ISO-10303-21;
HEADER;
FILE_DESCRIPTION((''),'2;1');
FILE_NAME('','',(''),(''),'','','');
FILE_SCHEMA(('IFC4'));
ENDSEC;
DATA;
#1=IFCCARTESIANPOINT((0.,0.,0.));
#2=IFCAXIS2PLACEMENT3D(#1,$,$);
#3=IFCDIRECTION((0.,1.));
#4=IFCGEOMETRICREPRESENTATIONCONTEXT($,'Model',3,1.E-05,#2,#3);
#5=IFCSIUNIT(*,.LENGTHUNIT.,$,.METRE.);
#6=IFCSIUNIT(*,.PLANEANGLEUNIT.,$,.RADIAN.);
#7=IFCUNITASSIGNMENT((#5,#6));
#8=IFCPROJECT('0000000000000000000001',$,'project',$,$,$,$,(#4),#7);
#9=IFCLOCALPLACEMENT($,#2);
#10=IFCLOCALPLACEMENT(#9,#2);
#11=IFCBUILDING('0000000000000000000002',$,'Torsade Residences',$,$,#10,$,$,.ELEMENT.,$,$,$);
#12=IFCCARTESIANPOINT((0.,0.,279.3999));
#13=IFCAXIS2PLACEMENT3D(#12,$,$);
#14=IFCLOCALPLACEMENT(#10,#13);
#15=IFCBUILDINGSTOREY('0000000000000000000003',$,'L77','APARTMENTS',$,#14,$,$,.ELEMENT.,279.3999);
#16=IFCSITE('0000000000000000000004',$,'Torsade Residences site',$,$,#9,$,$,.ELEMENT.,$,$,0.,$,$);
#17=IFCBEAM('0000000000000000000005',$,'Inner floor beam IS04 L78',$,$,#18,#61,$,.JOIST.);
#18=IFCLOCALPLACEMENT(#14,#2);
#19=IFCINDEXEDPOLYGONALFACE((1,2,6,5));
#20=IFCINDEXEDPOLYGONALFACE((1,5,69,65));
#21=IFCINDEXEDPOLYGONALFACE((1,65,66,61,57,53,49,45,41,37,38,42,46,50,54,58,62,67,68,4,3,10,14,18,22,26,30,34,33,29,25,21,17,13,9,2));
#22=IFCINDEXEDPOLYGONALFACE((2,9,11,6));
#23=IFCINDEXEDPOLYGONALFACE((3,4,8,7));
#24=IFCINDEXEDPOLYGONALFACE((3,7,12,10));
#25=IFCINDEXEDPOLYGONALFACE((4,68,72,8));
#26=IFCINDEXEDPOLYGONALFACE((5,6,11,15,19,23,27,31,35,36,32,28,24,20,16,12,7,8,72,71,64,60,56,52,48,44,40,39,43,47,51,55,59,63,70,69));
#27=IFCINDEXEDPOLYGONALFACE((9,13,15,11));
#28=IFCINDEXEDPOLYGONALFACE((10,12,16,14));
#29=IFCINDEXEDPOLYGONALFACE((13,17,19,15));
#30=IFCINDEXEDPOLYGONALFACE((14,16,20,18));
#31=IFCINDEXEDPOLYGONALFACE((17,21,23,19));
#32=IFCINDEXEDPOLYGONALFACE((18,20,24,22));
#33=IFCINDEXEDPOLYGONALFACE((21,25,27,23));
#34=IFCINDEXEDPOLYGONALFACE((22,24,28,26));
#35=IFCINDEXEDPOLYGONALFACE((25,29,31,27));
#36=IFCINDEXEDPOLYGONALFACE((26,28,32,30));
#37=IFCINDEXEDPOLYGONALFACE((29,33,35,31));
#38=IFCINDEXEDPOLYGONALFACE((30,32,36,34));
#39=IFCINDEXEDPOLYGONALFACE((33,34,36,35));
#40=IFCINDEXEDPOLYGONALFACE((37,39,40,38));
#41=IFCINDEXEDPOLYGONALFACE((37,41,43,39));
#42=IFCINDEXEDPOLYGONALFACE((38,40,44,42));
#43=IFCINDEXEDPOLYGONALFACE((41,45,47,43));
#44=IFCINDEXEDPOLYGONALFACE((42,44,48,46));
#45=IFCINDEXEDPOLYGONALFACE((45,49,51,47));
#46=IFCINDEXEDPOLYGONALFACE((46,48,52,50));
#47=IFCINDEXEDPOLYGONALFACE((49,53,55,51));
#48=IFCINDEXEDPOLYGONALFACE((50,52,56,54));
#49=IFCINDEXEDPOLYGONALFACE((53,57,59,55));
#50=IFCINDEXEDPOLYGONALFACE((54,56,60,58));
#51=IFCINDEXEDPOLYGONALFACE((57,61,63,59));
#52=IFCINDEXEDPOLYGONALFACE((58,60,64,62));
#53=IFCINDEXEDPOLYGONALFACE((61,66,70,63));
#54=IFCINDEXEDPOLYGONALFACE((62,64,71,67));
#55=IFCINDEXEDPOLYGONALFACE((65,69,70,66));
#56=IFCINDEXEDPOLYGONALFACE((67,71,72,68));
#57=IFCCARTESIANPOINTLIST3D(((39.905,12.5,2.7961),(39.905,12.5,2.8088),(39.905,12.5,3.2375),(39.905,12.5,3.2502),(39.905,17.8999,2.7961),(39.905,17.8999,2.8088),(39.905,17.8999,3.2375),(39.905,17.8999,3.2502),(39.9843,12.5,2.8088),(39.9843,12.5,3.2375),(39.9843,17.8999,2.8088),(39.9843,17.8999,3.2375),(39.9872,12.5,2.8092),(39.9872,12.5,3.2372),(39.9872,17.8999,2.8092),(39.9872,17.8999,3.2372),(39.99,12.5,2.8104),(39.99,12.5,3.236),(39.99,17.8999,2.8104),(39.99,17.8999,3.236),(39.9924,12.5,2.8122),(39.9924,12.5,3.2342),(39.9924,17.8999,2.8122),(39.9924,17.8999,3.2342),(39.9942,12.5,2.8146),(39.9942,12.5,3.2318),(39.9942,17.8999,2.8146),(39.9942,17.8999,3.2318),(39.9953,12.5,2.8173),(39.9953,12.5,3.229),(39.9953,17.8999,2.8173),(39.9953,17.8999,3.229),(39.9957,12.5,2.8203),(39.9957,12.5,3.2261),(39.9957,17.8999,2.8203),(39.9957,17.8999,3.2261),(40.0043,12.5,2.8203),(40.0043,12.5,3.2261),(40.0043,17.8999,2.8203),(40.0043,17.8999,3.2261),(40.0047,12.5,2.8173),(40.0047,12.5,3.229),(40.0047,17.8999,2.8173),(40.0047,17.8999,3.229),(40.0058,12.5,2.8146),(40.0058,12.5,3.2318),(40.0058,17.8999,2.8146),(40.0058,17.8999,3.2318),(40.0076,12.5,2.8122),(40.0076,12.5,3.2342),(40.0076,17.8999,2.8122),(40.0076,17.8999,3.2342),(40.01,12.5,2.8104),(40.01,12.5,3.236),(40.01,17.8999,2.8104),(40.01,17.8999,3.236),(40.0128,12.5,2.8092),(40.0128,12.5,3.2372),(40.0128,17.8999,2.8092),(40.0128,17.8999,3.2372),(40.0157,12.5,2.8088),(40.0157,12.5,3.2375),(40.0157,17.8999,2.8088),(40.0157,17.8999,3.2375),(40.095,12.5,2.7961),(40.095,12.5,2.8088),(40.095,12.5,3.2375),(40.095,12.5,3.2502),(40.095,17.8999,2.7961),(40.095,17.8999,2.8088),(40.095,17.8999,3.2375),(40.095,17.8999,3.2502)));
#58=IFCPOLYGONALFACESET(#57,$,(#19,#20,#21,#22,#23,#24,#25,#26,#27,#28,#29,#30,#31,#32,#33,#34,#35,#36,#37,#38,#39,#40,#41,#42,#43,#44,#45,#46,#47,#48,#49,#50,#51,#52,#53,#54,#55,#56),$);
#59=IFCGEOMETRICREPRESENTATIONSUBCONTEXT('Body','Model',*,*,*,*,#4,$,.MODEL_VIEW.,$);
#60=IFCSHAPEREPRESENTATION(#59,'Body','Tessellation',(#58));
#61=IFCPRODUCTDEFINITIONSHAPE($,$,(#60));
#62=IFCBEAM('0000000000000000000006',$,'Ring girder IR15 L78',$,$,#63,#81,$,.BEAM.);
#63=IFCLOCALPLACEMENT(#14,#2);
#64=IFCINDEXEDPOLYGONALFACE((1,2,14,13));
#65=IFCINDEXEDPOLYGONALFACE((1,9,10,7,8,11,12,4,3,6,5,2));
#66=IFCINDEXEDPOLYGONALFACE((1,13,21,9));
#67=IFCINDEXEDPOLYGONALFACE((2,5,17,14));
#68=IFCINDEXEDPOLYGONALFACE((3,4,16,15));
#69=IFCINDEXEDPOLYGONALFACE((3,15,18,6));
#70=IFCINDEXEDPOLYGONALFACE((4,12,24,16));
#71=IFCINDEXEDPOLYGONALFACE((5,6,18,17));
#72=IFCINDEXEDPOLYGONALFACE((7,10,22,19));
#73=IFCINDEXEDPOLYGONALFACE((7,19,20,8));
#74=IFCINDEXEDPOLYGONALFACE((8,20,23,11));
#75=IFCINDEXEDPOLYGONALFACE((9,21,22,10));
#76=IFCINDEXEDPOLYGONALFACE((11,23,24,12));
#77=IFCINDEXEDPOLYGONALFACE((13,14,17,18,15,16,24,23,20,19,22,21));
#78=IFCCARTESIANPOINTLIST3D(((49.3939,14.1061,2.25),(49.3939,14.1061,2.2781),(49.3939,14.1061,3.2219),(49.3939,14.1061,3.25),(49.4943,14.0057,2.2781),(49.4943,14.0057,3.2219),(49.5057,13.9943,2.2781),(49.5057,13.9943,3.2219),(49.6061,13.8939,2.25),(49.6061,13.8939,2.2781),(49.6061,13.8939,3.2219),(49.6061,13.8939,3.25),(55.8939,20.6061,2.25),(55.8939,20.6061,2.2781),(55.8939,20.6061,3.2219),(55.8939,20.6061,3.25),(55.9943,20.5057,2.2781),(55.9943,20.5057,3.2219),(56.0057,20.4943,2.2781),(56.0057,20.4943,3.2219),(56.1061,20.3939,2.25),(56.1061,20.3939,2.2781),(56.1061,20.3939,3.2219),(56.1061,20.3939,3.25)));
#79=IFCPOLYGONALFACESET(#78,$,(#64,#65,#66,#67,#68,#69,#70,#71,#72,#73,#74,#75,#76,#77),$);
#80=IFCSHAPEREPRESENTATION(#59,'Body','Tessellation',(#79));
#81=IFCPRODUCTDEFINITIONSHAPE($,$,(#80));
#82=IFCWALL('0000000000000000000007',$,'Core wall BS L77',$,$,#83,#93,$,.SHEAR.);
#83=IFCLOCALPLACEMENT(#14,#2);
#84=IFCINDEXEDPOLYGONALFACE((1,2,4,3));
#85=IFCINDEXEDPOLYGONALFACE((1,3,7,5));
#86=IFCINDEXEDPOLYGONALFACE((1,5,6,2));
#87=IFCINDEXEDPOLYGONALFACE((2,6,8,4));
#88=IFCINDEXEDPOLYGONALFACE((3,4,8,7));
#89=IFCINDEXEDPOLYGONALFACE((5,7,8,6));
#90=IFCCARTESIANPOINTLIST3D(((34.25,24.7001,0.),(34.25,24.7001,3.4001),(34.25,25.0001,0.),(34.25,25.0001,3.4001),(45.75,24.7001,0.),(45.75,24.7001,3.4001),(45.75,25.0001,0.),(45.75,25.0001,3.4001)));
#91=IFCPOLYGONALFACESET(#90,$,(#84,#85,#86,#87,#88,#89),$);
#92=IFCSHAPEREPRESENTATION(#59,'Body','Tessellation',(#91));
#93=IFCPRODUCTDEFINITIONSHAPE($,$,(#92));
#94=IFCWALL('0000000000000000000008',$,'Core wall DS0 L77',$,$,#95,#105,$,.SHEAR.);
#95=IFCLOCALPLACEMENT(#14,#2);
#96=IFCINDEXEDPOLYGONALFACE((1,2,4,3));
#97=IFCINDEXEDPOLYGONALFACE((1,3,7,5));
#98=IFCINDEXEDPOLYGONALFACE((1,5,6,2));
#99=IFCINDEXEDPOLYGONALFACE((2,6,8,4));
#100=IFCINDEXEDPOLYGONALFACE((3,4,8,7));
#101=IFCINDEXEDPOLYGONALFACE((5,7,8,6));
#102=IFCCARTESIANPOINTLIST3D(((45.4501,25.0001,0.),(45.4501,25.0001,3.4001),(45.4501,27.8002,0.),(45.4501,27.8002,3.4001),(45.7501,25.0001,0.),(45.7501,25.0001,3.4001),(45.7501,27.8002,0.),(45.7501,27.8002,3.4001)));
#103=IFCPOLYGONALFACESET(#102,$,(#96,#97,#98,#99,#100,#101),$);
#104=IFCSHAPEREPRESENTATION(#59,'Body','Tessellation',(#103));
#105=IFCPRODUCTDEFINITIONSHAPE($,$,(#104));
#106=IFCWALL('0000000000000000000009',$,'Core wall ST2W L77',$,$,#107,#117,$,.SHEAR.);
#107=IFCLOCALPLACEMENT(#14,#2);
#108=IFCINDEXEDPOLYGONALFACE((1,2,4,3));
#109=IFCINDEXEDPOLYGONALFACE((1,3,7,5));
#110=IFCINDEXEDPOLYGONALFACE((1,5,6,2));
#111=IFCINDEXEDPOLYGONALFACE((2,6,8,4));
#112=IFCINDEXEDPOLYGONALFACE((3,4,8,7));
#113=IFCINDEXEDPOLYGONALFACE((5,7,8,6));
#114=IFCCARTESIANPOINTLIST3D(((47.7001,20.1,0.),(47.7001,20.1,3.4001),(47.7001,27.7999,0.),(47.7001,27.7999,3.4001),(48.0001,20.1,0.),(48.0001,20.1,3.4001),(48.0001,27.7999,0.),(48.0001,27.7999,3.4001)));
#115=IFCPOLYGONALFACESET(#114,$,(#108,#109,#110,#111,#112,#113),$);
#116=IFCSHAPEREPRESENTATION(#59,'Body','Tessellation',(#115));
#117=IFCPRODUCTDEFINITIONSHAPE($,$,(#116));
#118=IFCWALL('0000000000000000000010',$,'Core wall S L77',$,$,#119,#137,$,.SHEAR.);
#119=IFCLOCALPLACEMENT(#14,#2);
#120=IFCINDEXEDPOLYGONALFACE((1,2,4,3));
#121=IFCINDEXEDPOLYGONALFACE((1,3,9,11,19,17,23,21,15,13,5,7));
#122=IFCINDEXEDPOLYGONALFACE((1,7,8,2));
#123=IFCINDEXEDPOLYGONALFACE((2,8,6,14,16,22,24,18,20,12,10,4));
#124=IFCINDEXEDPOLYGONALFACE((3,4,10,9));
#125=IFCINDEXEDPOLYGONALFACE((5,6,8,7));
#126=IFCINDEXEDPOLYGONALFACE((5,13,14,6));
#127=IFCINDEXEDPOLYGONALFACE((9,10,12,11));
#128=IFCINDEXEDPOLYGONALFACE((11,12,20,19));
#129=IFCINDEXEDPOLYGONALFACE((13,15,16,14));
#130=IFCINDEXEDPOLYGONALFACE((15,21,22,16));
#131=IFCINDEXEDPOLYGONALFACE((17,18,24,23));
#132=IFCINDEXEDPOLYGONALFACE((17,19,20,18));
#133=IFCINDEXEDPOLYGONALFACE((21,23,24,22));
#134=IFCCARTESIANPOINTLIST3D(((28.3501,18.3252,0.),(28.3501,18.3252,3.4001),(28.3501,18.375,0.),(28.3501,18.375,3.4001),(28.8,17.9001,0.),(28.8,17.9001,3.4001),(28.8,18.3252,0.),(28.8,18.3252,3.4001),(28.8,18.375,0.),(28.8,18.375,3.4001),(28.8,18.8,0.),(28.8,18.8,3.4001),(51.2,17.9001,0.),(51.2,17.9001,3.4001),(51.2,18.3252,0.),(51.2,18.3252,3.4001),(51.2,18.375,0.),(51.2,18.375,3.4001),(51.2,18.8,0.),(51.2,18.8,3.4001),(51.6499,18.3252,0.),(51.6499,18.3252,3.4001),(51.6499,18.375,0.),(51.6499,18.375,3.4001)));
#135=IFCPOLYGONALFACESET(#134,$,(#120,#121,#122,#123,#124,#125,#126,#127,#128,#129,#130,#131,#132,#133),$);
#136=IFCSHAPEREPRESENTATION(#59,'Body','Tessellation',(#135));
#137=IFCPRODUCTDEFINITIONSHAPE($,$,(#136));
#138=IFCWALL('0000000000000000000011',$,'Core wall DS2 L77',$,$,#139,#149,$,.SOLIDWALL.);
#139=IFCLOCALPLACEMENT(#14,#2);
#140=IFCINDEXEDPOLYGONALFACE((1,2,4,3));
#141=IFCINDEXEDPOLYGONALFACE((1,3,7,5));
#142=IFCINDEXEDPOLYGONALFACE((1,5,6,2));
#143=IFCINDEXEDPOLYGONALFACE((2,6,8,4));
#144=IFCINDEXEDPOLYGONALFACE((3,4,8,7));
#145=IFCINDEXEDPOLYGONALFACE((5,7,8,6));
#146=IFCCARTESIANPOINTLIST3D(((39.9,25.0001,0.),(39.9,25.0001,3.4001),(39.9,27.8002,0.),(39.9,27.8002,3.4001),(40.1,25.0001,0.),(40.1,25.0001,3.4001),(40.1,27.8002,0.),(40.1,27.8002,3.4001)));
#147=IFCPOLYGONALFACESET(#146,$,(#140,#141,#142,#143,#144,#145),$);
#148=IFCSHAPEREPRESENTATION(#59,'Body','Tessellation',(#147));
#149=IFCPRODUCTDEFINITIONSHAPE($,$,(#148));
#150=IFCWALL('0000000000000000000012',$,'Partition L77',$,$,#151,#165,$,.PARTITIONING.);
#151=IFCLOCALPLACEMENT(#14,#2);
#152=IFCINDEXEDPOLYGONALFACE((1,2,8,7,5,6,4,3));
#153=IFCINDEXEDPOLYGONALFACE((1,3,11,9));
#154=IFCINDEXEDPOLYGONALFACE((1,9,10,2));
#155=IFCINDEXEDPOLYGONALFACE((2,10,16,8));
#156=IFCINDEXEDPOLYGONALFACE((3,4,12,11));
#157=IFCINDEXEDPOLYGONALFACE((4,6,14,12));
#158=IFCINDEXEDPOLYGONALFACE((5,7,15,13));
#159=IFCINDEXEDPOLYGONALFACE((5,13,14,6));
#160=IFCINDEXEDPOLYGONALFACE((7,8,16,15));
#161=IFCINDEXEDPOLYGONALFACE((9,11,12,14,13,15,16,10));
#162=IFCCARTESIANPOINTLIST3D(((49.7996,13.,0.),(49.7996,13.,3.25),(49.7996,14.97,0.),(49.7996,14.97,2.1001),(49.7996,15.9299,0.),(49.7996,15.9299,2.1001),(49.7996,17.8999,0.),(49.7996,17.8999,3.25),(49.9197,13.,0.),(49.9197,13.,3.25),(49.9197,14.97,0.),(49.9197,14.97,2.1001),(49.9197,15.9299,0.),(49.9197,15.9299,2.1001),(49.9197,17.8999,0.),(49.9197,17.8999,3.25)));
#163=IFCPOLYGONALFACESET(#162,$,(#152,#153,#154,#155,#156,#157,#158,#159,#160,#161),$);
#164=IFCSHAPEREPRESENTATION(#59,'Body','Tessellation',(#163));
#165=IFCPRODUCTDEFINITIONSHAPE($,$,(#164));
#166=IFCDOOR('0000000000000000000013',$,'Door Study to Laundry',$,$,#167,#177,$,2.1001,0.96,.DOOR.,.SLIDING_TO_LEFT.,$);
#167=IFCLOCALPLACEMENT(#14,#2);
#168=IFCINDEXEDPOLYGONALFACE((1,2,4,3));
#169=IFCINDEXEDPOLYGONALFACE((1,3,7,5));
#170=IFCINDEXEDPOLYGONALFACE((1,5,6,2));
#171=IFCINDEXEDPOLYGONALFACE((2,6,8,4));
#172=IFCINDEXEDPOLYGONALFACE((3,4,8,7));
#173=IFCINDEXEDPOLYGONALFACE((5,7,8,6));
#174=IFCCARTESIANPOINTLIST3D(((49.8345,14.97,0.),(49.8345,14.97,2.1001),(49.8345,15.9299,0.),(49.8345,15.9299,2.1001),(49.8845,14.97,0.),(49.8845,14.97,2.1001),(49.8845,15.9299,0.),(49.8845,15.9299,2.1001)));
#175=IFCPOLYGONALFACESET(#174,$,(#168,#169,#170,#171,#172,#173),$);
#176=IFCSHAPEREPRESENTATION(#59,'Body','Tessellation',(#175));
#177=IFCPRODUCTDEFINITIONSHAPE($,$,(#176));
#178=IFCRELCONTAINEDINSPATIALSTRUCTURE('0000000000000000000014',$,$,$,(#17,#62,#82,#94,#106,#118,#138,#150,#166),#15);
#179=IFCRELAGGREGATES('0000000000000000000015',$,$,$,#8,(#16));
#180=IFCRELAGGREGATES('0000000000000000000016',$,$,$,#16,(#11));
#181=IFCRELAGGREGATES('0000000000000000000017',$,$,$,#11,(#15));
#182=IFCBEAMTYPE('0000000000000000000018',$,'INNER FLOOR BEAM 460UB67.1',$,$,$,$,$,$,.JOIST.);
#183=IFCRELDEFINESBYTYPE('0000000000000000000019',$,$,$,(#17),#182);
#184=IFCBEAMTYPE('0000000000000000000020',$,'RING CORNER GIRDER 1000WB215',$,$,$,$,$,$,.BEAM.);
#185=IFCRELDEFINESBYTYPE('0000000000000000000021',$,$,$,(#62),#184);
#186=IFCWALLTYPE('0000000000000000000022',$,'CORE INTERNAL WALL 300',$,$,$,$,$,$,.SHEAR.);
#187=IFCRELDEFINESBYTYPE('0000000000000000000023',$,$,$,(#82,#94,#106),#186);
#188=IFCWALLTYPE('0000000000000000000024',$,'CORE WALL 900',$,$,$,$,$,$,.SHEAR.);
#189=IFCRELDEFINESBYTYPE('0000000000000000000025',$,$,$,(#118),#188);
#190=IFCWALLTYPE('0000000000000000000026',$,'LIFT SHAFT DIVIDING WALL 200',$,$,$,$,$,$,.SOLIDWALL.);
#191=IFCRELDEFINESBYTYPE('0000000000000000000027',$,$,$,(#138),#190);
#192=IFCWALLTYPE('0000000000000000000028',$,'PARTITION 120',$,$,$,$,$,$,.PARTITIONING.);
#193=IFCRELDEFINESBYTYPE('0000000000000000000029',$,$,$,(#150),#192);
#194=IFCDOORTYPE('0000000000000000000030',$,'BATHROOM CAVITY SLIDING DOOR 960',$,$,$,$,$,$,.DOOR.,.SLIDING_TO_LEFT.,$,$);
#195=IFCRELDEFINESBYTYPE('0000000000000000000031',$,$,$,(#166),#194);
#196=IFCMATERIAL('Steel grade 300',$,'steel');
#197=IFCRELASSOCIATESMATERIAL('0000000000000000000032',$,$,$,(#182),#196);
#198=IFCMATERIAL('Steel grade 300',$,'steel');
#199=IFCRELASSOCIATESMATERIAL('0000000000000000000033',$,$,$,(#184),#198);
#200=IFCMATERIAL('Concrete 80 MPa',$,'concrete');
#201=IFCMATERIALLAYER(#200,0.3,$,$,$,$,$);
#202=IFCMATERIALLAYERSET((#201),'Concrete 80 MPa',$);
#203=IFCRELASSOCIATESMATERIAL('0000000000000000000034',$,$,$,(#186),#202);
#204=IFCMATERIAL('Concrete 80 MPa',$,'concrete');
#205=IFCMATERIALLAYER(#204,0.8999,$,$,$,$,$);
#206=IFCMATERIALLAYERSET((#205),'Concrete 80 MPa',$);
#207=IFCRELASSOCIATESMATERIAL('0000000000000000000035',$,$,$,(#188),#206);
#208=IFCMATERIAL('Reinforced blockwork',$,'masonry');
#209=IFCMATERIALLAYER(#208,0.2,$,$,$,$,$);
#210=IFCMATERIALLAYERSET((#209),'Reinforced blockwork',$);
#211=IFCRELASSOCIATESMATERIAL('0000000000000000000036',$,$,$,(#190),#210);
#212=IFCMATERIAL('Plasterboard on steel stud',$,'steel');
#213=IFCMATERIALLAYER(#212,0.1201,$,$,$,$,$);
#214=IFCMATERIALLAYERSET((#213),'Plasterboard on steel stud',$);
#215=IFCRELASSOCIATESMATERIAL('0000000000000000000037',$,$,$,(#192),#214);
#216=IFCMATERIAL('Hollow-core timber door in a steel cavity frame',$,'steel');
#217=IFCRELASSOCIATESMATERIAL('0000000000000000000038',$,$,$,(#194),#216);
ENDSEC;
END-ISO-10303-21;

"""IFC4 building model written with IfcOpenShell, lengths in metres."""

from ifc_helpers import new_model, si_unit, direction, frame, frame_2d, origin, origin_2d, place, context, subcontext, project, spatial, polyline, rectangle, i_section, outline, extrude, material, layer, layer_set, material_profile, profile_set, type_object, element, fill, save


model = new_model("IFC4")

# Units and contexts
model_context = context("Model", 3, precision=1e-05, world=origin(), true_north=direction((0.0, 1.0)))
body_context = subcontext(model_context, "Body", "Model", "MODEL_VIEW")
ifc_project = project(units=[si_unit("LENGTHUNIT", "METRE"), si_unit("PLANEANGLEUNIT", "RADIAN")], contexts=[model_context])

# Site, building, storey
site_placement = place(None, origin())
site = spatial("IfcSite", under=ifc_project, at=site_placement, Name="Torsade Residences site", CompositionType="ELEMENT", RefElevation=0.0)
building_placement = place(site_placement, origin())
building = spatial("IfcBuilding", under=site, at=building_placement, Name="Torsade Residences", CompositionType="ELEMENT")
storey_placement = place(building_placement, frame((0.0, 0.0, 279.3999)))
storey = spatial("IfcBuildingStorey", under=building, at=storey_placement, Name="L77", Description="APARTMENTS", CompositionType="ELEMENT", Elevation=279.3999)

# Beams
ifc_material_1 = material(Name="Steel grade 300", Category="steel")
ifc_material_profile_1 = material_profile(ifc_material_1, i_section(OverallWidth=0.1899, OverallDepth=0.4541, WebThickness=0.0085, FlangeThickness=0.0127, FilletRadius=0.0115, at=origin_2d()), Name="460UB67.1")
ifc_profile_set_1 = profile_set([ifc_material_profile_1], Name="Steel grade 300")
beam_type_1 = type_object("IfcBeamType", Name="INNER FLOOR BEAM 460UB67.1", PredefinedType="JOIST", material=ifc_profile_set_1)
for number, where, z_axis, x_axis, name in (
    (1, (40.0, 17.8999, 3.0232), (0.0, -1.0, 0.0), (1.0, 0.0, 0.0), "Inner floor beam IS04 L78"),
):
    element("IfcBeam", number, at=place(storey_placement, frame(where, z_axis=z_axis, x_axis=x_axis)), inside=storey, type_object=beam_type_1, Name=name, PredefinedType="JOIST", context=body_context, shape_type="SweptSolid", body=[
        extrude(i_section(OverallWidth=0.1899, OverallDepth=0.4541, WebThickness=0.0085, FlangeThickness=0.0127, FilletRadius=0.0115, at=origin_2d()), origin(), (0.0, 0.0, 1.0), 5.3999),
    ])
ifc_material_2 = material(Name="Steel grade 300", Category="steel")
ifc_material_profile_2 = material_profile(ifc_material_2, i_section(OverallWidth=0.3, OverallDepth=1.0, WebThickness=0.0161, FlangeThickness=0.0281, at=origin_2d()), Name="1000WB215")
ifc_profile_set_2 = profile_set([ifc_material_profile_2], Name="Steel grade 300")
beam_type_2 = type_object("IfcBeamType", Name="RING CORNER GIRDER 1000WB215", PredefinedType="BEAM", material=ifc_profile_set_2)
beam_1_placement = place(storey_placement, frame((49.5, 14.0, 2.75), z_axis=(0.707107, 0.707107, 0.0), x_axis=(-0.707107, 0.707107, 0.0)))
element("IfcBeam", 2, at=beam_1_placement, inside=storey, type_object=beam_type_2, Name="Ring girder IR15 L78", PredefinedType="BEAM", context=body_context, shape_type="SweptSolid", body=[
    extrude(i_section(OverallWidth=0.3, OverallDepth=1.0, WebThickness=0.0161, FlangeThickness=0.0281, at=origin_2d()), origin(), (0.0, 0.0, 1.0), 9.1924),
])

# Walls
ifc_material_3 = material(Name="Concrete 80 MPa", Category="concrete")
ifc_layer_1 = layer(ifc_material_3, 0.3)
ifc_layer_set_1 = layer_set([ifc_layer_1], Name="Concrete 80 MPa")
wall_type_1 = type_object("IfcWallType", Name="CORE INTERNAL WALL 300", PredefinedType="SHEAR", material=ifc_layer_set_1)
wall_1_placement = place(storey_placement, frame((45.75, 24.8501, 0.0), z_axis=(0.0, 0.0, 1.0), x_axis=(-1.0, 0.0, 0.0)))
element("IfcWall", 3, at=wall_1_placement, inside=storey, type_object=wall_type_1, Name="Core wall BS L77", PredefinedType="SHEAR", context=body_context, shape_type="SweptSolid", body=[
    extrude(rectangle(XDim=11.5, YDim=0.3, at=frame_2d((5.75, 0.0))), origin(), (0.0, 0.0, 1.0), 3.4001),
])
wall_2_placement = place(storey_placement, frame((45.6001, 27.8, 0.0), z_axis=(0.0, 0.0, 1.0), x_axis=(0.0, -1.0, 0.0)))
element("IfcWall", 4, at=wall_2_placement, inside=storey, type_object=wall_type_1, Name="Core wall DS0 L77", PredefinedType="SHEAR", context=body_context, shape_type="SweptSolid", body=[
    extrude(rectangle(XDim=2.8, YDim=0.3, at=frame_2d((1.3999, 0.0))), origin(), (0.0, 0.0, 1.0), 3.4001),
])
wall_3_placement = place(storey_placement, frame((47.8501, 27.8, 0.0), z_axis=(0.0, 0.0, 1.0), x_axis=(0.0, -1.0, 0.0)))
element("IfcWall", 5, at=wall_3_placement, inside=storey, type_object=wall_type_1, Name="Core wall ST2W L77", PredefinedType="SHEAR", context=body_context, shape_type="SweptSolid", body=[
    extrude(rectangle(XDim=7.7, YDim=0.3, at=frame_2d((3.8501, 0.0))), origin(), (0.0, 0.0, 1.0), 3.4001),
])
ifc_material_4 = material(Name="Concrete 80 MPa", Category="concrete")
ifc_layer_2 = layer(ifc_material_4, 0.8999)
ifc_layer_set_2 = layer_set([ifc_layer_2], Name="Concrete 80 MPa")
wall_type_2 = type_object("IfcWallType", Name="CORE WALL 900", PredefinedType="SHEAR", material=ifc_layer_set_2)
wall_4_placement = place(storey_placement, frame((51.2, 18.3501, 0.0), z_axis=(0.0, 0.0, 1.0), x_axis=(-1.0, 0.0, 0.0)))
element("IfcWall", 6, at=wall_4_placement, inside=storey, type_object=wall_type_2, Name="Core wall S L77", PredefinedType="SHEAR", context=body_context, shape_type="SweptSolid", body=[
    extrude(outline(polyline([(0.0, -0.45), (22.3999, -0.45), (22.3999, -0.0249), (22.8499, -0.0249), (22.8499, 0.0249), (22.3999, 0.0249), (22.3999, 0.45), (0.0, 0.45), (0.0, 0.0249), (-0.45, 0.0249), (-0.45, -0.0249), (0.0, -0.0249), (0.0, -0.45)])), origin(), (0.0, 0.0, 1.0), 3.4001),
])
ifc_material_5 = material(Name="Reinforced blockwork", Category="masonry")
ifc_layer_3 = layer(ifc_material_5, 0.2)
ifc_layer_set_3 = layer_set([ifc_layer_3], Name="Reinforced blockwork")
wall_type_3 = type_object("IfcWallType", Name="LIFT SHAFT DIVIDING WALL 200", PredefinedType="SOLIDWALL", material=ifc_layer_set_3)
wall_5_placement = place(storey_placement, frame((40.0, 27.8, 0.0), z_axis=(0.0, 0.0, 1.0), x_axis=(0.0, -1.0, 0.0)))
element("IfcWall", 7, at=wall_5_placement, inside=storey, type_object=wall_type_3, Name="Core wall DS2 L77", PredefinedType="SOLIDWALL", context=body_context, shape_type="SweptSolid", body=[
    extrude(rectangle(XDim=2.8, YDim=0.2, at=frame_2d((1.3999, 0.0))), origin(), (0.0, 0.0, 1.0), 3.4001),
])

# Wall, opening, door
ifc_material_6 = material(Name="Plasterboard on steel stud", Category="steel")
ifc_layer_4 = layer(ifc_material_6, 0.1201)
ifc_layer_set_4 = layer_set([ifc_layer_4], Name="Plasterboard on steel stud")
wall_type_4 = type_object("IfcWallType", Name="PARTITION 120", PredefinedType="PARTITIONING", material=ifc_layer_set_4)
wall_6_placement = place(storey_placement, frame((49.8596, 17.8999, 0.0), z_axis=(0.0, 0.0, 1.0), x_axis=(0.0, -1.0, 0.0)))
wall_6 = element("IfcWall", 8, at=wall_6_placement, inside=storey, type_object=wall_type_4, Name="Partition L77", PredefinedType="PARTITIONING", context=body_context, shape_type="SweptSolid", body=[
    extrude(rectangle(XDim=4.8999, YDim=0.1201, at=frame_2d((2.45, 0.0))), origin(), (0.0, 0.0, 1.0), 3.25),
])
opening_1_placement = place(wall_6_placement, frame((1.97, 0.0, 0.0)))
opening_1 = element("IfcOpeningElement", 9, at=opening_1_placement, cuts=wall_6, PredefinedType="OPENING", context=body_context, shape_type="SweptSolid", body=[
    extrude(rectangle(XDim=0.96, YDim=2.1001, at=frame_2d((0.48, 1.05))), frame((0.0, 0.0701, 0.0), z_axis=(0.0, -1.0, 0.0), x_axis=(1.0, 0.0, 0.0)), (0.0, 0.0, 1.0), 0.1401),
])
ifc_material_7 = material(Name="Hollow-core timber door in a steel cavity frame", Category="steel")
door_type_1 = type_object("IfcDoorType", Name="BATHROOM CAVITY SLIDING DOOR 960", OperationType="SLIDING_TO_LEFT", PredefinedType="DOOR", material=ifc_material_7)
door_1_placement = place(opening_1_placement, origin())
door_1 = element("IfcDoor", 10, at=door_1_placement, inside=storey, type_object=door_type_1, Name="Door Study to Laundry", OperationType="SLIDING_TO_LEFT", OverallHeight=2.1001, OverallWidth=0.96, PredefinedType="DOOR", context=body_context, shape_type="SweptSolid", body=[
    extrude(rectangle(XDim=0.96, YDim=2.1001, at=frame_2d((0.48, 1.05))), frame((0.0, 0.0249, 0.0), z_axis=(0.0, -1.0, 0.0), x_axis=(1.0, 0.0, 0.0)), (0.0, 0.0, 1.0), 0.05),
])
fill(opening_1, door_1)

save(model, "model.ifc")
